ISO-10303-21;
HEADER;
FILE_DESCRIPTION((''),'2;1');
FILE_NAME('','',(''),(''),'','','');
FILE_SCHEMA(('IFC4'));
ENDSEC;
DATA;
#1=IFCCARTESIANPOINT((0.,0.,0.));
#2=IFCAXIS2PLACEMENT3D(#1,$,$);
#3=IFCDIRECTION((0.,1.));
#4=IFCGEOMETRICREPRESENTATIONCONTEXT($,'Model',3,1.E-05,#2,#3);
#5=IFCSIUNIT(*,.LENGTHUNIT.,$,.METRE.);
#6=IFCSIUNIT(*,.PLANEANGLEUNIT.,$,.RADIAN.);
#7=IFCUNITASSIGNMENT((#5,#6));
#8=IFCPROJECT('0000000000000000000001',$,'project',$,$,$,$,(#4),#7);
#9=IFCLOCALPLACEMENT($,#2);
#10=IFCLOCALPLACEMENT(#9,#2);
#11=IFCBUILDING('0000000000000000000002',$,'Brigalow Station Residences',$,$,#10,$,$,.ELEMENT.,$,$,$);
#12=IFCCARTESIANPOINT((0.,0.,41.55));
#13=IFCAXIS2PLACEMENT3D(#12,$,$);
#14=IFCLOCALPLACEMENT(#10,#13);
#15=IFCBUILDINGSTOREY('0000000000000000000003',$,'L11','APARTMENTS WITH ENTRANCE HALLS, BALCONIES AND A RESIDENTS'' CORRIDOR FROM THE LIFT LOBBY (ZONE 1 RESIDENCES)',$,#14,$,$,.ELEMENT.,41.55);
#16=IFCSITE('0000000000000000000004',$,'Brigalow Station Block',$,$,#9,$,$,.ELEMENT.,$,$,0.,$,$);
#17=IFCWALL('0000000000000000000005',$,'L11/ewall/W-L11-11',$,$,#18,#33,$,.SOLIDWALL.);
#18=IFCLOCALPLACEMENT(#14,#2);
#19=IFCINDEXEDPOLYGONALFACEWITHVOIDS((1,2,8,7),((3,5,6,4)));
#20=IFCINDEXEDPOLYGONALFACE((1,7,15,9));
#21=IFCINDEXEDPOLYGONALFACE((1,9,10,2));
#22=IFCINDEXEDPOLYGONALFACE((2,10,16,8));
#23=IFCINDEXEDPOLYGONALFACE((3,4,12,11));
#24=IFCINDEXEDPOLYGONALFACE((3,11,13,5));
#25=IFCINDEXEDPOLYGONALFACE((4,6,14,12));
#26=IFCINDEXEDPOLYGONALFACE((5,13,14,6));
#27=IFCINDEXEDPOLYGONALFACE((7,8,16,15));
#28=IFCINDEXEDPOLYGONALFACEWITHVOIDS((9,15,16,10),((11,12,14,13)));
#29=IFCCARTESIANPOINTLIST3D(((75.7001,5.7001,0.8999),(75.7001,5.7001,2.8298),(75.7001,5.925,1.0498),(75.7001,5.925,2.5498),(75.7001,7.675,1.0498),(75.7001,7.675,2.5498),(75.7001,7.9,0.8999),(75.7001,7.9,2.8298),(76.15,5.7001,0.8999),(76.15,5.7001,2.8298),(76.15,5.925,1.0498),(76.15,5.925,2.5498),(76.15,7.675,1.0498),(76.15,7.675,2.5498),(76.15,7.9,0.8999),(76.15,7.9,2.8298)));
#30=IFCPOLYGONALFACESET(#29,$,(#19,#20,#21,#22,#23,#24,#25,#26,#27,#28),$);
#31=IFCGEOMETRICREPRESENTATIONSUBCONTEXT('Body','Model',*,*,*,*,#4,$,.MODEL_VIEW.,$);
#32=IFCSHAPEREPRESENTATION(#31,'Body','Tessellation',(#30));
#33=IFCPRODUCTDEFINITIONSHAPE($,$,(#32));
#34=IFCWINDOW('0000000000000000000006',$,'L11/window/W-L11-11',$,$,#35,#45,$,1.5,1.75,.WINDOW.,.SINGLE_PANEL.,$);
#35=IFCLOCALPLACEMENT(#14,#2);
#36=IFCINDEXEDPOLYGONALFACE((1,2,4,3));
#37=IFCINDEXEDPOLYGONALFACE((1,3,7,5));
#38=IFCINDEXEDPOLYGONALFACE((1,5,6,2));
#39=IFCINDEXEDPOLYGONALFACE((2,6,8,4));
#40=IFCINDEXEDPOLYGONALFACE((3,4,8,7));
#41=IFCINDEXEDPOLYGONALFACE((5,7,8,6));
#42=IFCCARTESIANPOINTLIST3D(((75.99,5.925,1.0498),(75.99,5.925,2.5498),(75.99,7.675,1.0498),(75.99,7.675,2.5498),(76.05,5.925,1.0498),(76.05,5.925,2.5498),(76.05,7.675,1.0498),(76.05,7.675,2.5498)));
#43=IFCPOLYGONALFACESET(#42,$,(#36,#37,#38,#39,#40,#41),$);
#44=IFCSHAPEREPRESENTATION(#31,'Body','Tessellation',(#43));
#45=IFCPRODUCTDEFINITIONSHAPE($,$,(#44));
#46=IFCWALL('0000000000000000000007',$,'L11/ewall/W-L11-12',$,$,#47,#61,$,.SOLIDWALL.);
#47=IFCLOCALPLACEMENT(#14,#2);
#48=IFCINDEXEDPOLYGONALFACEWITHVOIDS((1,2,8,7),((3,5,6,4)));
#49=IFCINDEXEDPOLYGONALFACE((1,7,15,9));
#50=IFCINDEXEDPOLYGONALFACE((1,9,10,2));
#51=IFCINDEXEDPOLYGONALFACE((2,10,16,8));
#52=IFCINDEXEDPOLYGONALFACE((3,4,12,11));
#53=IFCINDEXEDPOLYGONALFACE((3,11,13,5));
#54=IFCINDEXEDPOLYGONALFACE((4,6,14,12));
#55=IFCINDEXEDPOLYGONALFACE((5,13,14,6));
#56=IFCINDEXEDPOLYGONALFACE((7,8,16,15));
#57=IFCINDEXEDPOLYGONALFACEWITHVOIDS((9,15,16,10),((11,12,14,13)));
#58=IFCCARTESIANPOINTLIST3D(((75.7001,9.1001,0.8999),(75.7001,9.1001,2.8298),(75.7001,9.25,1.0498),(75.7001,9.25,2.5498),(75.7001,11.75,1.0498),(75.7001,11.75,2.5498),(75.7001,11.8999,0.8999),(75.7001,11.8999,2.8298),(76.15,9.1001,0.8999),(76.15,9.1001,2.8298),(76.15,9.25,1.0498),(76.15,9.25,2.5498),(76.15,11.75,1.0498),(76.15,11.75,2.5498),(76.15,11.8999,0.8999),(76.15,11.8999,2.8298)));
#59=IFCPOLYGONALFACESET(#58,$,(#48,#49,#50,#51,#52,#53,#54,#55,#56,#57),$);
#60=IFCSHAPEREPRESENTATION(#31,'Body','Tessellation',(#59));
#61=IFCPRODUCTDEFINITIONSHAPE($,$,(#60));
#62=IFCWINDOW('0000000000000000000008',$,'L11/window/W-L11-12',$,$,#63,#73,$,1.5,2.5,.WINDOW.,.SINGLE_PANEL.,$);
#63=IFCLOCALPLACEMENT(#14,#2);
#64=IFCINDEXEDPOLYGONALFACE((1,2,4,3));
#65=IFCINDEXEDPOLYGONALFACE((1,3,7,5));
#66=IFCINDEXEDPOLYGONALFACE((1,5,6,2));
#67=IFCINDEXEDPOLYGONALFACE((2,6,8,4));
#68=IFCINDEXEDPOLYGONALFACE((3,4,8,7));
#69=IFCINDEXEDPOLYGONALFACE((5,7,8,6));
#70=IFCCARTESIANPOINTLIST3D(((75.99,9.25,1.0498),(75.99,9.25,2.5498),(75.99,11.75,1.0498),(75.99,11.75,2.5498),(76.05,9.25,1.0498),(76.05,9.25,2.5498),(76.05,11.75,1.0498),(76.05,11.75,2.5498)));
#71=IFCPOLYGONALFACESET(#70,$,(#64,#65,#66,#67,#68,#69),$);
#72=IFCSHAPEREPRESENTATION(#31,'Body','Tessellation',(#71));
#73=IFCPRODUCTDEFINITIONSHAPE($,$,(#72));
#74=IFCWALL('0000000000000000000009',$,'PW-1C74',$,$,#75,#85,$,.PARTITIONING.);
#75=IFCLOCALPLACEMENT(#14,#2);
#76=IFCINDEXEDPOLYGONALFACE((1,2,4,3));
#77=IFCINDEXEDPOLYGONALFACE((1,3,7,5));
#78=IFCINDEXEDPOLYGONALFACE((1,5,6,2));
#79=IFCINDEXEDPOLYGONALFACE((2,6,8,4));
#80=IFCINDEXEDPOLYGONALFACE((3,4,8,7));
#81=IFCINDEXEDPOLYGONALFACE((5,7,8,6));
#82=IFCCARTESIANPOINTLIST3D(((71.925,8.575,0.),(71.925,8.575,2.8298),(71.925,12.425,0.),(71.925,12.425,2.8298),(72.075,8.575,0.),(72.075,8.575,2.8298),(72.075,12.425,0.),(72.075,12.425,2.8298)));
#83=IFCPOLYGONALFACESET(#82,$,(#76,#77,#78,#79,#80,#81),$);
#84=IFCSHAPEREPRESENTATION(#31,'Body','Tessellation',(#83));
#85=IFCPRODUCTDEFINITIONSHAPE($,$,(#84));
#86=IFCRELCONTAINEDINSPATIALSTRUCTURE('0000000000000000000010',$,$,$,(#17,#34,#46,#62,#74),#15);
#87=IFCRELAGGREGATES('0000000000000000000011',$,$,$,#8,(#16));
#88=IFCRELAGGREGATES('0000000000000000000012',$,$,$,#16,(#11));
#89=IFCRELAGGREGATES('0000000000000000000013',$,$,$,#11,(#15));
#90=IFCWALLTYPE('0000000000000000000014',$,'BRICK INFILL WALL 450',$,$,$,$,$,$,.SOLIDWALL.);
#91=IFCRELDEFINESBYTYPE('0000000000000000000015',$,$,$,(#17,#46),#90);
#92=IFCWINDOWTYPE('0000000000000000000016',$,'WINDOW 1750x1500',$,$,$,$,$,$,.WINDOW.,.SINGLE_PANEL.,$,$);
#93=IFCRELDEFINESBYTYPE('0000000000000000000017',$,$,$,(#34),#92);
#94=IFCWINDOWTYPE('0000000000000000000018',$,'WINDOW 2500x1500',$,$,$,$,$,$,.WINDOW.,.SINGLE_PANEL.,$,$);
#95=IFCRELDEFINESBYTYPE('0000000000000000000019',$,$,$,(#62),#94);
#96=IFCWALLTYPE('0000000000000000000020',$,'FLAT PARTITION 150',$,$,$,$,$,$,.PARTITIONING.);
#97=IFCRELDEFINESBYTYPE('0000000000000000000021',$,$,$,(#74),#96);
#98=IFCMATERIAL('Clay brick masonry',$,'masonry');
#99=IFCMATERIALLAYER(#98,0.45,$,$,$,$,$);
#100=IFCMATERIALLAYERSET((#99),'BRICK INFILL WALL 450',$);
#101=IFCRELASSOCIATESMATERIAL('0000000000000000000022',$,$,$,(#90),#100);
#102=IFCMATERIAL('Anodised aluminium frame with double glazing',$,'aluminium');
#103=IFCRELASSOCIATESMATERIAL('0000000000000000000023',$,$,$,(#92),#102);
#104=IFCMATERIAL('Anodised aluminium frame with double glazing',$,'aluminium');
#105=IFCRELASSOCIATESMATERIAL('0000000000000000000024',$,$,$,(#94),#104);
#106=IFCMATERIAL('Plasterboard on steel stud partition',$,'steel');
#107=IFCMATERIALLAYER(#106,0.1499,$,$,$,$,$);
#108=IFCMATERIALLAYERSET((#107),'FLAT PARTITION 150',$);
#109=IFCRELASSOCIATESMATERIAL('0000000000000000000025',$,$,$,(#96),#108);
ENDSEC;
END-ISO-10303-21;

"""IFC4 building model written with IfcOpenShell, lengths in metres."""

from ifc_helpers import new_model, si_unit, direction, frame, frame_2d, origin, place, context, subcontext, project, spatial, rectangle, extrude, material, layer, layer_set, type_object, element, fill, save


model = new_model("IFC4")

# Units and contexts
model_context = context("Model", 3, precision=1e-05, world=origin(), true_north=direction((0.0, 1.0)))
body_context = subcontext(model_context, "Body", "Model", "MODEL_VIEW")
ifc_project = project(units=[si_unit("LENGTHUNIT", "METRE"), si_unit("PLANEANGLEUNIT", "RADIAN")], contexts=[model_context])

# Site, building, storey
site_placement = place(None, origin())
site = spatial("IfcSite", under=ifc_project, at=site_placement, Name="Brigalow Station Block", CompositionType="ELEMENT", RefElevation=0.0)
building_placement = place(site_placement, origin())
building = spatial("IfcBuilding", under=site, at=building_placement, Name="Brigalow Station Residences", CompositionType="ELEMENT")
storey_placement = place(building_placement, frame((0.0, 0.0, 41.55)))
storey = spatial("IfcBuildingStorey", under=building, at=storey_placement, Name="L11", Description="APARTMENTS WITH ENTRANCE HALLS, BALCONIES AND A RESIDENTS' CORRIDOR FROM THE LIFT LOBBY (ZONE 1 RESIDENCES)", CompositionType="ELEMENT", Elevation=41.55)

# Walls, openings, windows
ifc_material_1 = material(Name="Clay brick masonry", Category="masonry")
ifc_layer_1 = layer(ifc_material_1, 0.45)
ifc_layer_set_1 = layer_set([ifc_layer_1], Name="BRICK INFILL WALL 450")
wall_type_1 = type_object("IfcWallType", Name="BRICK INFILL WALL 450", PredefinedType="SOLIDWALL", material=ifc_layer_set_1)
wall_1_placement = place(storey_placement, frame((75.925, 5.7, 0.8999), z_axis=(0.0, 0.0, 1.0), x_axis=(0.0, 1.0, 0.0)))
wall_1 = element("IfcWall", 1, at=wall_1_placement, inside=storey, type_object=wall_type_1, Name="L11/ewall/W-L11-11", PredefinedType="SOLIDWALL", context=body_context, shape_type="SweptSolid", body=[
    extrude(rectangle(XDim=2.2, YDim=0.45, at=frame_2d((1.1001, 0.0))), origin(), (0.0, 0.0, 1.0), 1.9299),
])
opening_1_placement = place(wall_1_placement, frame((0.2251, 0.0, 0.1499)))
opening_1 = element("IfcOpeningElement", 2, at=opening_1_placement, cuts=wall_1, PredefinedType="OPENING", context=body_context, shape_type="SweptSolid", body=[
    extrude(rectangle(XDim=1.75, YDim=1.5, at=frame_2d((0.875, 0.75))), frame((0.0, 0.2349, 0.0), z_axis=(0.0, -1.0, 0.0), x_axis=(1.0, 0.0, 0.0)), (0.0, 0.0, 1.0), 0.47),
])
ifc_material_2 = material(Name="Anodised aluminium frame with double glazing", Category="aluminium")
window_type_1 = type_object("IfcWindowType", Name="WINDOW 1750x1500", PartitioningType="SINGLE_PANEL", PredefinedType="WINDOW", material=ifc_material_2)
window_1_placement = place(opening_1_placement, origin())
window_1 = element("IfcWindow", 3, at=window_1_placement, inside=storey, type_object=window_type_1, Name="L11/window/W-L11-11", OverallHeight=1.5, OverallWidth=1.75, PartitioningType="SINGLE_PANEL", PredefinedType="WINDOW", context=body_context, shape_type="SweptSolid", body=[
    extrude(rectangle(XDim=1.75, YDim=1.5, at=frame_2d((0.875, 0.75))), frame((0.0, -0.0649, 0.0), z_axis=(0.0, -1.0, 0.0), x_axis=(1.0, 0.0, 0.0)), (0.0, 0.0, 1.0), 0.0601),
])
fill(opening_1, window_1)
wall_2_placement = place(storey_placement, frame((75.925, 9.1001, 0.8999), z_axis=(0.0, 0.0, 1.0), x_axis=(0.0, 1.0, 0.0)))
wall_2 = element("IfcWall", 4, at=wall_2_placement, inside=storey, type_object=wall_type_1, Name="L11/ewall/W-L11-12", PredefinedType="SOLIDWALL", context=body_context, shape_type="SweptSolid", body=[
    extrude(rectangle(XDim=2.7998, YDim=0.45, at=frame_2d((1.3999, 0.0))), origin(), (0.0, 0.0, 1.0), 1.9299),
])
opening_2_placement = place(wall_2_placement, frame((0.1499, 0.0, 0.1499)))
opening_2 = element("IfcOpeningElement", 5, at=opening_2_placement, cuts=wall_2, PredefinedType="OPENING", context=body_context, shape_type="SweptSolid", body=[
    extrude(rectangle(XDim=2.5, YDim=1.5, at=frame_2d((1.25, 0.75))), frame((0.0, 0.2349, 0.0), z_axis=(0.0, -1.0, 0.0), x_axis=(1.0, 0.0, 0.0)), (0.0, 0.0, 1.0), 0.47),
])
ifc_material_3 = material(Name="Anodised aluminium frame with double glazing", Category="aluminium")
window_type_2 = type_object("IfcWindowType", Name="WINDOW 2500x1500", PartitioningType="SINGLE_PANEL", PredefinedType="WINDOW", material=ifc_material_3)
window_2_placement = place(opening_2_placement, origin())
window_2 = element("IfcWindow", 6, at=window_2_placement, inside=storey, type_object=window_type_2, Name="L11/window/W-L11-12", OverallHeight=1.5, OverallWidth=2.5, PartitioningType="SINGLE_PANEL", PredefinedType="WINDOW", context=body_context, shape_type="SweptSolid", body=[
    extrude(rectangle(XDim=2.5, YDim=1.5, at=frame_2d((1.25, 0.75))), frame((0.0, -0.0649, 0.0), z_axis=(0.0, -1.0, 0.0), x_axis=(1.0, 0.0, 0.0)), (0.0, 0.0, 1.0), 0.0601),
])
fill(opening_2, window_2)

# Wall
ifc_material_4 = material(Name="Plasterboard on steel stud partition", Category="steel")
ifc_layer_2 = layer(ifc_material_4, 0.1499)
ifc_layer_set_2 = layer_set([ifc_layer_2], Name="FLAT PARTITION 150")
wall_type_2 = type_object("IfcWallType", Name="FLAT PARTITION 150", PredefinedType="PARTITIONING", material=ifc_layer_set_2)
wall_3_placement = place(storey_placement, frame((72.0, 8.575, 0.0), z_axis=(0.0, 0.0, 1.0), x_axis=(0.0, 1.0, 0.0)))
element("IfcWall", 7, at=wall_3_placement, inside=storey, type_object=wall_type_2, Name="PW-1C74", PredefinedType="PARTITIONING", context=body_context, shape_type="SweptSolid", body=[
    extrude(rectangle(XDim=3.8501, YDim=0.1499, at=frame_2d((1.925, 0.0))), origin(), (0.0, 0.0, 1.0), 2.8298),
])

save(model, "model.ifc")
